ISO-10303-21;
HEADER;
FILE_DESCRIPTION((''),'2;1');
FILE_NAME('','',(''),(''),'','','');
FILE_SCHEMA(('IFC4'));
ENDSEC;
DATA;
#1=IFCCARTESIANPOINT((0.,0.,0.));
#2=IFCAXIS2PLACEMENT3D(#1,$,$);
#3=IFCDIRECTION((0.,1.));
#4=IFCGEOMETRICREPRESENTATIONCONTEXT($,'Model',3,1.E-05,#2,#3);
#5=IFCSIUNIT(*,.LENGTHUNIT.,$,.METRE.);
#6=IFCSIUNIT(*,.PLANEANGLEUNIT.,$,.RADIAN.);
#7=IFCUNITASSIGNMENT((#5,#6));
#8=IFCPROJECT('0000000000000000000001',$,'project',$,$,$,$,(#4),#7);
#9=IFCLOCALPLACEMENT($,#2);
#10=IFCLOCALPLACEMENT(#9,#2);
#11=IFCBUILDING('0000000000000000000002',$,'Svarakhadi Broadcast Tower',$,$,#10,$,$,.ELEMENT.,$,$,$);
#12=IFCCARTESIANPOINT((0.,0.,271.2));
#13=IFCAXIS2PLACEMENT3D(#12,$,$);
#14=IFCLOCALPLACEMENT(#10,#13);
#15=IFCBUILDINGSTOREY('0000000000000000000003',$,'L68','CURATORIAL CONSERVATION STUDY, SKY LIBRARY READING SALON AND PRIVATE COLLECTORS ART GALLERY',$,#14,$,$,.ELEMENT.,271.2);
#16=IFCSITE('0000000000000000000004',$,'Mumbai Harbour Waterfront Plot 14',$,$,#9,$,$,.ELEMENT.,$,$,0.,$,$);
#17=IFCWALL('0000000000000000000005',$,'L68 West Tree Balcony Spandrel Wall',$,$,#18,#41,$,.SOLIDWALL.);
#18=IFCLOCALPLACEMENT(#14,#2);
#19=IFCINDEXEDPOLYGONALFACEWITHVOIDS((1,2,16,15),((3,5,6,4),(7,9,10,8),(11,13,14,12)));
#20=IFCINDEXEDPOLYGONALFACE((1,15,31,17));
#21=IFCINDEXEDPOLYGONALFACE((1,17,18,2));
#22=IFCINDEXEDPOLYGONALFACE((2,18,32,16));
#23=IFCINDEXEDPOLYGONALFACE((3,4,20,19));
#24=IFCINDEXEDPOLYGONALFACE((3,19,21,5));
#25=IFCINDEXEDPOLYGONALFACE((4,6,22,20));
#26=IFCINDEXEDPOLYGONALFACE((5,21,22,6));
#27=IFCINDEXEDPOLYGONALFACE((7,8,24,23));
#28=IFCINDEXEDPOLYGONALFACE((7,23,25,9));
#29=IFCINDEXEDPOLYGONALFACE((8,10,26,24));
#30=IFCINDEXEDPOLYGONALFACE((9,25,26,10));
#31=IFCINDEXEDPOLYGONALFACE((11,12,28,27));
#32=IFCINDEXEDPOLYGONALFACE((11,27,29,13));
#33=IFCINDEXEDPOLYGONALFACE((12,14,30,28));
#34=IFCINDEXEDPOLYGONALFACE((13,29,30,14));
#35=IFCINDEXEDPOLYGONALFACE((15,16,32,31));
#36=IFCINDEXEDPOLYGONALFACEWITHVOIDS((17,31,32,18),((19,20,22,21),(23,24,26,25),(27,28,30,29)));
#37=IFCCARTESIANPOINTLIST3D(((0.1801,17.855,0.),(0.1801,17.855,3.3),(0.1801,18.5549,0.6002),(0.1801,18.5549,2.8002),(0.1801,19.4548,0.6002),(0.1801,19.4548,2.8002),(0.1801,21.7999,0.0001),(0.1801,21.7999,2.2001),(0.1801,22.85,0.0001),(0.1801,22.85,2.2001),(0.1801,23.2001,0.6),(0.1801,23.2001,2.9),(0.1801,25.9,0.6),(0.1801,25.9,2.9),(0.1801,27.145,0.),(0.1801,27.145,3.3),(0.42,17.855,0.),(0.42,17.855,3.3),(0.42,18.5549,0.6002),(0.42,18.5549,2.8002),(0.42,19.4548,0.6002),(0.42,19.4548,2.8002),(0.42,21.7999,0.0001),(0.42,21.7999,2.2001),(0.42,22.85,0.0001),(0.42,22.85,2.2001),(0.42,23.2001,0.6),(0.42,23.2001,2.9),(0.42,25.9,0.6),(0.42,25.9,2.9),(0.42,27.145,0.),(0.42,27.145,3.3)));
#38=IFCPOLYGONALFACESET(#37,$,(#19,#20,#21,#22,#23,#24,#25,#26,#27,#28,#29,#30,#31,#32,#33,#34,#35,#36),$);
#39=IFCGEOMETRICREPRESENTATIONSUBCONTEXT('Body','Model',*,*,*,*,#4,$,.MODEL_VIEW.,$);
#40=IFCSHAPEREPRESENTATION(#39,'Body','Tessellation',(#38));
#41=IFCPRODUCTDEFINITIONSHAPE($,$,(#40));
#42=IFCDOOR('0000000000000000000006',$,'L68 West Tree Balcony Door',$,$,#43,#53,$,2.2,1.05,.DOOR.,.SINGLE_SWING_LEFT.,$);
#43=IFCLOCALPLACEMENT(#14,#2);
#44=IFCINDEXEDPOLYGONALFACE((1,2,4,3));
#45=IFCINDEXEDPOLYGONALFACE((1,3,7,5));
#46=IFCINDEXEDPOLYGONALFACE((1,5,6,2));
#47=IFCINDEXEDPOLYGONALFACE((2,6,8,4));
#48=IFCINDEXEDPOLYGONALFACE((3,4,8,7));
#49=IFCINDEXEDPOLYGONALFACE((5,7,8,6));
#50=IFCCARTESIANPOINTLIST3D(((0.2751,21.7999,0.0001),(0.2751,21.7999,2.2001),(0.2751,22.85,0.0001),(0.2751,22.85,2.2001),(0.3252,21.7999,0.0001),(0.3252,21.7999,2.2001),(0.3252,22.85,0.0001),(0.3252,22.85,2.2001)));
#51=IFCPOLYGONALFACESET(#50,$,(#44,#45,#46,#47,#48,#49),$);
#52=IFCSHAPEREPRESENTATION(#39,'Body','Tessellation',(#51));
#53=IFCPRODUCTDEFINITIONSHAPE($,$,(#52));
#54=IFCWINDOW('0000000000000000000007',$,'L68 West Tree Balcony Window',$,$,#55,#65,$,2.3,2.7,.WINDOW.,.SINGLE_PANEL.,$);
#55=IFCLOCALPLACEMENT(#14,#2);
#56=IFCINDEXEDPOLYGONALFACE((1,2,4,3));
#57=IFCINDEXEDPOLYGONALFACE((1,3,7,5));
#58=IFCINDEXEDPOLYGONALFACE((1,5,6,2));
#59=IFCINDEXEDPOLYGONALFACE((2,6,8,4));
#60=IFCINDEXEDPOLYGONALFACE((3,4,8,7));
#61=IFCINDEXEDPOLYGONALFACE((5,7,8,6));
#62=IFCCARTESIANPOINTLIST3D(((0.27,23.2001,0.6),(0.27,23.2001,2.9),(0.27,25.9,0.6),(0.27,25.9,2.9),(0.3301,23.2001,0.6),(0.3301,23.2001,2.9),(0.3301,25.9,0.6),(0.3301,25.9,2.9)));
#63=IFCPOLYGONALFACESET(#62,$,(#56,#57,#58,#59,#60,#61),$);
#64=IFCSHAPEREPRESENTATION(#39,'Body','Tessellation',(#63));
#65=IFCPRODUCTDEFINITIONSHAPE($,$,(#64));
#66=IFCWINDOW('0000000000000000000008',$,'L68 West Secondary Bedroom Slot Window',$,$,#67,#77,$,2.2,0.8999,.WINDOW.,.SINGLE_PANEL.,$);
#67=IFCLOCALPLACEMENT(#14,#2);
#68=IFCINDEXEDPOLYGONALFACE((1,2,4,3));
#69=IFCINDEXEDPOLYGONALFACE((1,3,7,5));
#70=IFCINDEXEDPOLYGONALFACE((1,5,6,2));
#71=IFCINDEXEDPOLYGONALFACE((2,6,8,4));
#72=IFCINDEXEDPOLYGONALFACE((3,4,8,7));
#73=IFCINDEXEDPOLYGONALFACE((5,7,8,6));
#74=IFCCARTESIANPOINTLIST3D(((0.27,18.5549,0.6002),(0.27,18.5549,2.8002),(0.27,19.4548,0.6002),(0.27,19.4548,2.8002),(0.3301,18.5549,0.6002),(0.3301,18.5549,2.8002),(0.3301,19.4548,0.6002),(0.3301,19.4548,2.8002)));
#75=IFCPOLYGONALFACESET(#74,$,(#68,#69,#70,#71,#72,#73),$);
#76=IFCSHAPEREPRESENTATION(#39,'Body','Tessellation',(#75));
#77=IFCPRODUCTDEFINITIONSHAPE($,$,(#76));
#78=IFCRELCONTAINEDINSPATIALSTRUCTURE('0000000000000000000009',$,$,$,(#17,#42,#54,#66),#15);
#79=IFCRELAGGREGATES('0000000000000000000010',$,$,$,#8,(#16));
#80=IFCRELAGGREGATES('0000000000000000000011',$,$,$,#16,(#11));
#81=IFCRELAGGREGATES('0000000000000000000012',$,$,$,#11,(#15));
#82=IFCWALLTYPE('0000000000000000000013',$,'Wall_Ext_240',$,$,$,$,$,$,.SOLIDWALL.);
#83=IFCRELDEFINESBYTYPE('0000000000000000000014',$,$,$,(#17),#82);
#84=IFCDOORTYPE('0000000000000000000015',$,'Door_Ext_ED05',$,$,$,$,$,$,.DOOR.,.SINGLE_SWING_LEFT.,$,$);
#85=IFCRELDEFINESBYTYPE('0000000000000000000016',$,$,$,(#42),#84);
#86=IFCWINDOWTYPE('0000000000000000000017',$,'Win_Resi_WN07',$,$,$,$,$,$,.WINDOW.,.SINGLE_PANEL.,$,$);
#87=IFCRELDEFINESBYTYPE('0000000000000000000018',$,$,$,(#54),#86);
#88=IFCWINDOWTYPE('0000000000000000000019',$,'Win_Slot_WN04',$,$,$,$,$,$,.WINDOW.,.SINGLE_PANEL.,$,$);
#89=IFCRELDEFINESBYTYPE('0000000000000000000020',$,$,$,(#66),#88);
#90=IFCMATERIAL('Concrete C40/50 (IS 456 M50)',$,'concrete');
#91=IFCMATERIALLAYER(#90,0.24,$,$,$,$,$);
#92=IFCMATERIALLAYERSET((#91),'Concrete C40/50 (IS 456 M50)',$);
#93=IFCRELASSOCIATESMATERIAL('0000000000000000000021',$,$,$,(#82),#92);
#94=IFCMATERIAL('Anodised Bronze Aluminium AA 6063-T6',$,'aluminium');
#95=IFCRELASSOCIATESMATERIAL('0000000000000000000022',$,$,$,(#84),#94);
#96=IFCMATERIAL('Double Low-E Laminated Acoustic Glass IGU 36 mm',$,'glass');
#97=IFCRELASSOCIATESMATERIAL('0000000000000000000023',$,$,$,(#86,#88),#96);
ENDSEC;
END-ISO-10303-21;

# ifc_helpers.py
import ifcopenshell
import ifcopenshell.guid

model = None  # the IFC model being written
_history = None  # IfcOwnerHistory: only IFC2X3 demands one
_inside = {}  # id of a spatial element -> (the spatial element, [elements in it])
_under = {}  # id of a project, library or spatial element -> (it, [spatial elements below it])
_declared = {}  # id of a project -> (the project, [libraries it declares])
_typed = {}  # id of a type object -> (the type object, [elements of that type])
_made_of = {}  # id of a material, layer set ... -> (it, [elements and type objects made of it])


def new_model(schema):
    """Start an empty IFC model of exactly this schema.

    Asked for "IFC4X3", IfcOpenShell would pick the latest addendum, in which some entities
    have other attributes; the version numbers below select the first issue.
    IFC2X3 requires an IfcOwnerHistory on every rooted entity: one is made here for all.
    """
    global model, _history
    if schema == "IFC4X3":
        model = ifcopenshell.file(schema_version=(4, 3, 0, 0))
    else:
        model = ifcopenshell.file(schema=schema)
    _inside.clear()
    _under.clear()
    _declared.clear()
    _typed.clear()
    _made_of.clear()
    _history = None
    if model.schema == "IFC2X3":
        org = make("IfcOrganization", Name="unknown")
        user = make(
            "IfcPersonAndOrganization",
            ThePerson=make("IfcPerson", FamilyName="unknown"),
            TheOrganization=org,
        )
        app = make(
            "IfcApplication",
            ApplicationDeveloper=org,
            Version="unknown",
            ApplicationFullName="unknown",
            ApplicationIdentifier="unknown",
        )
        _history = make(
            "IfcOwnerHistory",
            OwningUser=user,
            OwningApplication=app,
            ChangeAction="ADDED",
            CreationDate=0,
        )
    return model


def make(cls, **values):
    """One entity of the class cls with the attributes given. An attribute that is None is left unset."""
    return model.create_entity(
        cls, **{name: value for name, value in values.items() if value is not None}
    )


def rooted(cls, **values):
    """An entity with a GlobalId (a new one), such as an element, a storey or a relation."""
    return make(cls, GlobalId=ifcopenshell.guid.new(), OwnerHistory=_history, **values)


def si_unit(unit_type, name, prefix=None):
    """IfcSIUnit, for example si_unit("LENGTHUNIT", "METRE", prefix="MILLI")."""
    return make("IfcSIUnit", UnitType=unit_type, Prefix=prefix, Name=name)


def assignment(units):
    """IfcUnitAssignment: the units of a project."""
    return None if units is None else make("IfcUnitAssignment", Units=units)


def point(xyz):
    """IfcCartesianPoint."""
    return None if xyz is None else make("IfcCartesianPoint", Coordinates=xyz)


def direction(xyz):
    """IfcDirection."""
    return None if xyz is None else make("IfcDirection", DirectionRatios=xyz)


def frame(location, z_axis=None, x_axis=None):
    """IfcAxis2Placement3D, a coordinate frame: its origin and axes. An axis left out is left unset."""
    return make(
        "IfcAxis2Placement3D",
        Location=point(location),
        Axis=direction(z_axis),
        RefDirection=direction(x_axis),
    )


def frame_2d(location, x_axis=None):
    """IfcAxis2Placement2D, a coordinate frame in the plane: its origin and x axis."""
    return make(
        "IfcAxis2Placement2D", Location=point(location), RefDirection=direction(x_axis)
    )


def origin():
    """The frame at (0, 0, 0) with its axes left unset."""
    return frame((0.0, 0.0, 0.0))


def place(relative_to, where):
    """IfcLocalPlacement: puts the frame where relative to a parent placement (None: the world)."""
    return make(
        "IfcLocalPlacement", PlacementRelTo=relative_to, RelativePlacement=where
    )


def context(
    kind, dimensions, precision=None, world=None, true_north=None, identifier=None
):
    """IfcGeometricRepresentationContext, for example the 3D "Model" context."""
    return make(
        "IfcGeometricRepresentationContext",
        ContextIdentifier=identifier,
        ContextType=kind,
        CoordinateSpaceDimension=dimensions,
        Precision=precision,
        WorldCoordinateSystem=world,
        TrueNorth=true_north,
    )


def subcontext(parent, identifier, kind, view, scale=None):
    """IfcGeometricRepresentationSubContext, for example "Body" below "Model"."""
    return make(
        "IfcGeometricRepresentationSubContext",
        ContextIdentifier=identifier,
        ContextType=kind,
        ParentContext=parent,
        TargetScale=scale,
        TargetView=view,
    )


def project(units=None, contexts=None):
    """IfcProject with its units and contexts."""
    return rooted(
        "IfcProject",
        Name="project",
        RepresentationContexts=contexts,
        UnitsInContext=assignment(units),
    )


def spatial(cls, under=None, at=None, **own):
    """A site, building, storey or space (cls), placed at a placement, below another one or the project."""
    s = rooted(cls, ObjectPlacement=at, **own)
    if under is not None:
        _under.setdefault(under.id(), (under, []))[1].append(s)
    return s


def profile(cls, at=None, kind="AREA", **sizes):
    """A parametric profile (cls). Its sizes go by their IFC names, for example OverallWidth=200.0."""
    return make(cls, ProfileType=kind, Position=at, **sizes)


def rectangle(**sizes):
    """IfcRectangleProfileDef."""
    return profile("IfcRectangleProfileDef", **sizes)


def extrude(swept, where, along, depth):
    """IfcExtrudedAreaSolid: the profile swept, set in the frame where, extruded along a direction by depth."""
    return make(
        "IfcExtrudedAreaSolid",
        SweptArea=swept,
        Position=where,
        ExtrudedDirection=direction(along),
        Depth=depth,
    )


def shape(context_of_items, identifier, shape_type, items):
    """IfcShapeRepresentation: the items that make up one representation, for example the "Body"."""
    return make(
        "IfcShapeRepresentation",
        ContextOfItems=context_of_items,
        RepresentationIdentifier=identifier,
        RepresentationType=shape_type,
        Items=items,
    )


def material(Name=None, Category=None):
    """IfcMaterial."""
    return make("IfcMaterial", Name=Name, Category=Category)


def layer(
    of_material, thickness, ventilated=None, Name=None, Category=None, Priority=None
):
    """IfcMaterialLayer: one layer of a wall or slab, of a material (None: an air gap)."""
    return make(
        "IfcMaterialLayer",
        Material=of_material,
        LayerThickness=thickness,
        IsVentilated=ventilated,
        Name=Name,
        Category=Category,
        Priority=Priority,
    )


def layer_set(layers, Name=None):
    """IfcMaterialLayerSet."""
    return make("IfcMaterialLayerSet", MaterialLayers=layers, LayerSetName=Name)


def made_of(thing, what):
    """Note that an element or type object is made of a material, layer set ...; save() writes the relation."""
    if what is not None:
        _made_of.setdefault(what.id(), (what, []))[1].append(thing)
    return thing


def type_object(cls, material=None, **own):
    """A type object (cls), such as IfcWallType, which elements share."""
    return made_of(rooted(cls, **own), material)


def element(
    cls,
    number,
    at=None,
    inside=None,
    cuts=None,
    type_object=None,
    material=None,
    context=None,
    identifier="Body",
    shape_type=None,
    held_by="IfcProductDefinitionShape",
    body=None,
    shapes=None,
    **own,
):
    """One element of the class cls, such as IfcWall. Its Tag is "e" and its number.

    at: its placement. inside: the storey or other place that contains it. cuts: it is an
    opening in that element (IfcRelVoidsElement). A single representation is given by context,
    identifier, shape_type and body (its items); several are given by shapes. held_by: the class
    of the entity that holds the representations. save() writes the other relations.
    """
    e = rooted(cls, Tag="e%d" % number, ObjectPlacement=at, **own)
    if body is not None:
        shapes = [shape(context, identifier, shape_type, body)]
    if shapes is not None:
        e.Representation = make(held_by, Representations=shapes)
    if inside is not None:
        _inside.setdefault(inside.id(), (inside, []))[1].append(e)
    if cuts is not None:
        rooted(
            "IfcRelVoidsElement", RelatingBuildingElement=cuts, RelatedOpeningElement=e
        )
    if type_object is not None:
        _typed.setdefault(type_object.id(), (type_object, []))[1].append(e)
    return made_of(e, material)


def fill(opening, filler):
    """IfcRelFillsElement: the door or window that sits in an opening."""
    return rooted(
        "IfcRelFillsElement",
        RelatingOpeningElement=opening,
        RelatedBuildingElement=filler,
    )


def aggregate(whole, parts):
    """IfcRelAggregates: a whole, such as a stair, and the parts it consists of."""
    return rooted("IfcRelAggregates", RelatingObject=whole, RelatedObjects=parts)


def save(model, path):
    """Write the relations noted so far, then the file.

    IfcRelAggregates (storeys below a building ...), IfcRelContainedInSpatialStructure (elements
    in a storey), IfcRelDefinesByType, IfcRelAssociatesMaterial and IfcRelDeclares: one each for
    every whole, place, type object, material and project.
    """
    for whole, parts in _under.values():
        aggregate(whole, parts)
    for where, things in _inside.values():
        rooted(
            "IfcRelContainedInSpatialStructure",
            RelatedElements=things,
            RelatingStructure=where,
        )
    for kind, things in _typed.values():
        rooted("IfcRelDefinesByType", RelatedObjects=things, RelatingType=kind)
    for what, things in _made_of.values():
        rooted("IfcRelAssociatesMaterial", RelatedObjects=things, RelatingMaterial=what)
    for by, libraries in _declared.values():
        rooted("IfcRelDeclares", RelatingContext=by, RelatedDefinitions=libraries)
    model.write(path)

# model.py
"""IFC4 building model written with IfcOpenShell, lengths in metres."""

from ifc_helpers import new_model, si_unit, direction, frame, frame_2d, origin, place, context, subcontext, project, spatial, rectangle, extrude, material, layer, layer_set, type_object, element, fill, save


model = new_model("IFC4")

# Units and contexts
model_context = context("Model", 3, precision=1e-05, world=origin(), true_north=direction((0.0, 1.0)))
body_context = subcontext(model_context, "Body", "Model", "MODEL_VIEW")
ifc_project = project(units=[si_unit("LENGTHUNIT", "METRE"), si_unit("PLANEANGLEUNIT", "RADIAN")], contexts=[model_context])

# Site, building, storey
site_placement = place(None, origin())
site = spatial("IfcSite", under=ifc_project, at=site_placement, Name="Mumbai Harbour Waterfront Plot 14", CompositionType="ELEMENT", RefElevation=0.0)
building_placement = place(site_placement, origin())
building = spatial("IfcBuilding", under=site, at=building_placement, Name="Svarakhadi Broadcast Tower", CompositionType="ELEMENT")
storey_placement = place(building_placement, frame((0.0, 0.0, 271.2)))
storey = spatial("IfcBuildingStorey", under=building, at=storey_placement, Name="L68", Description="CURATORIAL CONSERVATION STUDY, SKY LIBRARY READING SALON AND PRIVATE COLLECTORS ART GALLERY", CompositionType="ELEMENT", Elevation=271.2)

# Shared definitions
ifc_material_1 = material(Name="Anodised Bronze Aluminium AA 6063-T6", Category="aluminium")

# Shared definitions
ifc_material_2 = material(Name="Double Low-E Laminated Acoustic Glass IGU 36 mm", Category="glass")

# Wall, openings, door, windows
ifc_material_3 = material(Name="Concrete C40/50 (IS 456 M50)", Category="concrete")
ifc_layer_1 = layer(ifc_material_3, 0.24)
ifc_layer_set_1 = layer_set([ifc_layer_1], Name="Concrete C40/50 (IS 456 M50)")
wall_type_1 = type_object("IfcWallType", Name="Wall_Ext_240", PredefinedType="SOLIDWALL", material=ifc_layer_set_1)
wall_1_placement = place(storey_placement, frame((0.3, 17.855, 0.0), z_axis=(0.0, 0.0, 1.0), x_axis=(0.0, 1.0, 0.0)))
wall_1 = element("IfcWall", 1, at=wall_1_placement, inside=storey, type_object=wall_type_1, Name="L68 West Tree Balcony Spandrel Wall", PredefinedType="SOLIDWALL", context=body_context, shape_type="SweptSolid", body=[
    extrude(rectangle(XDim=9.29, YDim=0.24, at=frame_2d((4.645, 0.0))), origin(), (0.0, 0.0, 1.0), 3.3),
])
opening_1_placement = place(wall_1_placement, frame((3.9451, 0.0, 0.0)))
opening_1 = element("IfcOpeningElement", 2, at=opening_1_placement, cuts=wall_1, PredefinedType="OPENING", context=body_context, shape_type="SweptSolid", body=[
    extrude(rectangle(XDim=1.05, YDim=2.2, at=frame_2d((0.5249, 1.1001))), frame((0.0, 0.1299, 0.0), z_axis=(0.0, -1.0, 0.0), x_axis=(1.0, 0.0, 0.0)), (0.0, 0.0, 1.0), 0.26),
])
opening_2_placement = place(wall_1_placement, frame((5.345, 0.0, 0.6001)))
opening_2 = element("IfcOpeningElement", 3, at=opening_2_placement, cuts=wall_1, PredefinedType="OPENING", context=body_context, shape_type="SweptSolid", body=[
    extrude(rectangle(XDim=2.7, YDim=2.3, at=frame_2d((1.3501, 1.1499))), frame((0.0, 0.1299, 0.0), z_axis=(0.0, -1.0, 0.0), x_axis=(1.0, 0.0, 0.0)), (0.0, 0.0, 1.0), 0.26),
])
opening_3_placement = place(wall_1_placement, frame((0.7, 0.0, 0.6001)))
opening_3 = element("IfcOpeningElement", 4, at=opening_3_placement, cuts=wall_1, PredefinedType="OPENING", context=body_context, shape_type="SweptSolid", body=[
    extrude(rectangle(XDim=0.8999, YDim=2.2, at=frame_2d((0.45, 1.1001))), frame((0.0, 0.1299, 0.0), z_axis=(0.0, -1.0, 0.0), x_axis=(1.0, 0.0, 0.0)), (0.0, 0.0, 1.0), 0.26),
])
door_type_1 = type_object("IfcDoorType", Name="Door_Ext_ED05", OperationType="SINGLE_SWING_LEFT", PredefinedType="DOOR", material=ifc_material_1)
door_1_placement = place(opening_1_placement, origin())
door_1 = element("IfcDoor", 5, at=door_1_placement, inside=storey, type_object=door_type_1, Name="L68 West Tree Balcony Door", OperationType="SINGLE_SWING_LEFT", OverallHeight=2.2, OverallWidth=1.05, PredefinedType="DOOR", context=body_context, shape_type="SweptSolid", body=[
    extrude(rectangle(XDim=1.05, YDim=2.2, at=frame_2d((0.5249, 1.1001))), frame((0.0, 0.0249, 0.0), z_axis=(0.0, -1.0, 0.0), x_axis=(1.0, 0.0, 0.0)), (0.0, 0.0, 1.0), 0.05),
])
fill(opening_1, door_1)
window_type_1 = type_object("IfcWindowType", Name="Win_Resi_WN07", PartitioningType="SINGLE_PANEL", PredefinedType="WINDOW", material=ifc_material_2)
window_1_placement = place(opening_2_placement, origin())
window_1 = element("IfcWindow", 6, at=window_1_placement, inside=storey, type_object=window_type_1, Name="L68 West Tree Balcony Window", OverallHeight=2.3, OverallWidth=2.7, PartitioningType="SINGLE_PANEL", PredefinedType="WINDOW", context=body_context, shape_type="SweptSolid", body=[
    extrude(rectangle(XDim=2.7, YDim=2.3, at=frame_2d((1.3501, 1.1499))), frame((0.0, 0.03, 0.0), z_axis=(0.0, -1.0, 0.0), x_axis=(1.0, 0.0, 0.0)), (0.0, 0.0, 1.0), 0.0601),
])
fill(opening_2, window_1)
window_type_2 = type_object("IfcWindowType", Name="Win_Slot_WN04", PartitioningType="SINGLE_PANEL", PredefinedType="WINDOW", material=ifc_material_2)
window_2_placement = place(opening_3_placement, origin())
window_2 = element("IfcWindow", 7, at=window_2_placement, inside=storey, type_object=window_type_2, Name="L68 West Secondary Bedroom Slot Window", OverallHeight=2.2, OverallWidth=0.8999, PartitioningType="SINGLE_PANEL", PredefinedType="WINDOW", context=body_context, shape_type="SweptSolid", body=[
    extrude(rectangle(XDim=0.8999, YDim=2.2, at=frame_2d((0.45, 1.1001))), frame((0.0, 0.03, 0.0), z_axis=(0.0, -1.0, 0.0), x_axis=(1.0, 0.0, 0.0)), (0.0, 0.0, 1.0), 0.0601),
])
fill(opening_3, window_2)

save(model, "model.ifc")
